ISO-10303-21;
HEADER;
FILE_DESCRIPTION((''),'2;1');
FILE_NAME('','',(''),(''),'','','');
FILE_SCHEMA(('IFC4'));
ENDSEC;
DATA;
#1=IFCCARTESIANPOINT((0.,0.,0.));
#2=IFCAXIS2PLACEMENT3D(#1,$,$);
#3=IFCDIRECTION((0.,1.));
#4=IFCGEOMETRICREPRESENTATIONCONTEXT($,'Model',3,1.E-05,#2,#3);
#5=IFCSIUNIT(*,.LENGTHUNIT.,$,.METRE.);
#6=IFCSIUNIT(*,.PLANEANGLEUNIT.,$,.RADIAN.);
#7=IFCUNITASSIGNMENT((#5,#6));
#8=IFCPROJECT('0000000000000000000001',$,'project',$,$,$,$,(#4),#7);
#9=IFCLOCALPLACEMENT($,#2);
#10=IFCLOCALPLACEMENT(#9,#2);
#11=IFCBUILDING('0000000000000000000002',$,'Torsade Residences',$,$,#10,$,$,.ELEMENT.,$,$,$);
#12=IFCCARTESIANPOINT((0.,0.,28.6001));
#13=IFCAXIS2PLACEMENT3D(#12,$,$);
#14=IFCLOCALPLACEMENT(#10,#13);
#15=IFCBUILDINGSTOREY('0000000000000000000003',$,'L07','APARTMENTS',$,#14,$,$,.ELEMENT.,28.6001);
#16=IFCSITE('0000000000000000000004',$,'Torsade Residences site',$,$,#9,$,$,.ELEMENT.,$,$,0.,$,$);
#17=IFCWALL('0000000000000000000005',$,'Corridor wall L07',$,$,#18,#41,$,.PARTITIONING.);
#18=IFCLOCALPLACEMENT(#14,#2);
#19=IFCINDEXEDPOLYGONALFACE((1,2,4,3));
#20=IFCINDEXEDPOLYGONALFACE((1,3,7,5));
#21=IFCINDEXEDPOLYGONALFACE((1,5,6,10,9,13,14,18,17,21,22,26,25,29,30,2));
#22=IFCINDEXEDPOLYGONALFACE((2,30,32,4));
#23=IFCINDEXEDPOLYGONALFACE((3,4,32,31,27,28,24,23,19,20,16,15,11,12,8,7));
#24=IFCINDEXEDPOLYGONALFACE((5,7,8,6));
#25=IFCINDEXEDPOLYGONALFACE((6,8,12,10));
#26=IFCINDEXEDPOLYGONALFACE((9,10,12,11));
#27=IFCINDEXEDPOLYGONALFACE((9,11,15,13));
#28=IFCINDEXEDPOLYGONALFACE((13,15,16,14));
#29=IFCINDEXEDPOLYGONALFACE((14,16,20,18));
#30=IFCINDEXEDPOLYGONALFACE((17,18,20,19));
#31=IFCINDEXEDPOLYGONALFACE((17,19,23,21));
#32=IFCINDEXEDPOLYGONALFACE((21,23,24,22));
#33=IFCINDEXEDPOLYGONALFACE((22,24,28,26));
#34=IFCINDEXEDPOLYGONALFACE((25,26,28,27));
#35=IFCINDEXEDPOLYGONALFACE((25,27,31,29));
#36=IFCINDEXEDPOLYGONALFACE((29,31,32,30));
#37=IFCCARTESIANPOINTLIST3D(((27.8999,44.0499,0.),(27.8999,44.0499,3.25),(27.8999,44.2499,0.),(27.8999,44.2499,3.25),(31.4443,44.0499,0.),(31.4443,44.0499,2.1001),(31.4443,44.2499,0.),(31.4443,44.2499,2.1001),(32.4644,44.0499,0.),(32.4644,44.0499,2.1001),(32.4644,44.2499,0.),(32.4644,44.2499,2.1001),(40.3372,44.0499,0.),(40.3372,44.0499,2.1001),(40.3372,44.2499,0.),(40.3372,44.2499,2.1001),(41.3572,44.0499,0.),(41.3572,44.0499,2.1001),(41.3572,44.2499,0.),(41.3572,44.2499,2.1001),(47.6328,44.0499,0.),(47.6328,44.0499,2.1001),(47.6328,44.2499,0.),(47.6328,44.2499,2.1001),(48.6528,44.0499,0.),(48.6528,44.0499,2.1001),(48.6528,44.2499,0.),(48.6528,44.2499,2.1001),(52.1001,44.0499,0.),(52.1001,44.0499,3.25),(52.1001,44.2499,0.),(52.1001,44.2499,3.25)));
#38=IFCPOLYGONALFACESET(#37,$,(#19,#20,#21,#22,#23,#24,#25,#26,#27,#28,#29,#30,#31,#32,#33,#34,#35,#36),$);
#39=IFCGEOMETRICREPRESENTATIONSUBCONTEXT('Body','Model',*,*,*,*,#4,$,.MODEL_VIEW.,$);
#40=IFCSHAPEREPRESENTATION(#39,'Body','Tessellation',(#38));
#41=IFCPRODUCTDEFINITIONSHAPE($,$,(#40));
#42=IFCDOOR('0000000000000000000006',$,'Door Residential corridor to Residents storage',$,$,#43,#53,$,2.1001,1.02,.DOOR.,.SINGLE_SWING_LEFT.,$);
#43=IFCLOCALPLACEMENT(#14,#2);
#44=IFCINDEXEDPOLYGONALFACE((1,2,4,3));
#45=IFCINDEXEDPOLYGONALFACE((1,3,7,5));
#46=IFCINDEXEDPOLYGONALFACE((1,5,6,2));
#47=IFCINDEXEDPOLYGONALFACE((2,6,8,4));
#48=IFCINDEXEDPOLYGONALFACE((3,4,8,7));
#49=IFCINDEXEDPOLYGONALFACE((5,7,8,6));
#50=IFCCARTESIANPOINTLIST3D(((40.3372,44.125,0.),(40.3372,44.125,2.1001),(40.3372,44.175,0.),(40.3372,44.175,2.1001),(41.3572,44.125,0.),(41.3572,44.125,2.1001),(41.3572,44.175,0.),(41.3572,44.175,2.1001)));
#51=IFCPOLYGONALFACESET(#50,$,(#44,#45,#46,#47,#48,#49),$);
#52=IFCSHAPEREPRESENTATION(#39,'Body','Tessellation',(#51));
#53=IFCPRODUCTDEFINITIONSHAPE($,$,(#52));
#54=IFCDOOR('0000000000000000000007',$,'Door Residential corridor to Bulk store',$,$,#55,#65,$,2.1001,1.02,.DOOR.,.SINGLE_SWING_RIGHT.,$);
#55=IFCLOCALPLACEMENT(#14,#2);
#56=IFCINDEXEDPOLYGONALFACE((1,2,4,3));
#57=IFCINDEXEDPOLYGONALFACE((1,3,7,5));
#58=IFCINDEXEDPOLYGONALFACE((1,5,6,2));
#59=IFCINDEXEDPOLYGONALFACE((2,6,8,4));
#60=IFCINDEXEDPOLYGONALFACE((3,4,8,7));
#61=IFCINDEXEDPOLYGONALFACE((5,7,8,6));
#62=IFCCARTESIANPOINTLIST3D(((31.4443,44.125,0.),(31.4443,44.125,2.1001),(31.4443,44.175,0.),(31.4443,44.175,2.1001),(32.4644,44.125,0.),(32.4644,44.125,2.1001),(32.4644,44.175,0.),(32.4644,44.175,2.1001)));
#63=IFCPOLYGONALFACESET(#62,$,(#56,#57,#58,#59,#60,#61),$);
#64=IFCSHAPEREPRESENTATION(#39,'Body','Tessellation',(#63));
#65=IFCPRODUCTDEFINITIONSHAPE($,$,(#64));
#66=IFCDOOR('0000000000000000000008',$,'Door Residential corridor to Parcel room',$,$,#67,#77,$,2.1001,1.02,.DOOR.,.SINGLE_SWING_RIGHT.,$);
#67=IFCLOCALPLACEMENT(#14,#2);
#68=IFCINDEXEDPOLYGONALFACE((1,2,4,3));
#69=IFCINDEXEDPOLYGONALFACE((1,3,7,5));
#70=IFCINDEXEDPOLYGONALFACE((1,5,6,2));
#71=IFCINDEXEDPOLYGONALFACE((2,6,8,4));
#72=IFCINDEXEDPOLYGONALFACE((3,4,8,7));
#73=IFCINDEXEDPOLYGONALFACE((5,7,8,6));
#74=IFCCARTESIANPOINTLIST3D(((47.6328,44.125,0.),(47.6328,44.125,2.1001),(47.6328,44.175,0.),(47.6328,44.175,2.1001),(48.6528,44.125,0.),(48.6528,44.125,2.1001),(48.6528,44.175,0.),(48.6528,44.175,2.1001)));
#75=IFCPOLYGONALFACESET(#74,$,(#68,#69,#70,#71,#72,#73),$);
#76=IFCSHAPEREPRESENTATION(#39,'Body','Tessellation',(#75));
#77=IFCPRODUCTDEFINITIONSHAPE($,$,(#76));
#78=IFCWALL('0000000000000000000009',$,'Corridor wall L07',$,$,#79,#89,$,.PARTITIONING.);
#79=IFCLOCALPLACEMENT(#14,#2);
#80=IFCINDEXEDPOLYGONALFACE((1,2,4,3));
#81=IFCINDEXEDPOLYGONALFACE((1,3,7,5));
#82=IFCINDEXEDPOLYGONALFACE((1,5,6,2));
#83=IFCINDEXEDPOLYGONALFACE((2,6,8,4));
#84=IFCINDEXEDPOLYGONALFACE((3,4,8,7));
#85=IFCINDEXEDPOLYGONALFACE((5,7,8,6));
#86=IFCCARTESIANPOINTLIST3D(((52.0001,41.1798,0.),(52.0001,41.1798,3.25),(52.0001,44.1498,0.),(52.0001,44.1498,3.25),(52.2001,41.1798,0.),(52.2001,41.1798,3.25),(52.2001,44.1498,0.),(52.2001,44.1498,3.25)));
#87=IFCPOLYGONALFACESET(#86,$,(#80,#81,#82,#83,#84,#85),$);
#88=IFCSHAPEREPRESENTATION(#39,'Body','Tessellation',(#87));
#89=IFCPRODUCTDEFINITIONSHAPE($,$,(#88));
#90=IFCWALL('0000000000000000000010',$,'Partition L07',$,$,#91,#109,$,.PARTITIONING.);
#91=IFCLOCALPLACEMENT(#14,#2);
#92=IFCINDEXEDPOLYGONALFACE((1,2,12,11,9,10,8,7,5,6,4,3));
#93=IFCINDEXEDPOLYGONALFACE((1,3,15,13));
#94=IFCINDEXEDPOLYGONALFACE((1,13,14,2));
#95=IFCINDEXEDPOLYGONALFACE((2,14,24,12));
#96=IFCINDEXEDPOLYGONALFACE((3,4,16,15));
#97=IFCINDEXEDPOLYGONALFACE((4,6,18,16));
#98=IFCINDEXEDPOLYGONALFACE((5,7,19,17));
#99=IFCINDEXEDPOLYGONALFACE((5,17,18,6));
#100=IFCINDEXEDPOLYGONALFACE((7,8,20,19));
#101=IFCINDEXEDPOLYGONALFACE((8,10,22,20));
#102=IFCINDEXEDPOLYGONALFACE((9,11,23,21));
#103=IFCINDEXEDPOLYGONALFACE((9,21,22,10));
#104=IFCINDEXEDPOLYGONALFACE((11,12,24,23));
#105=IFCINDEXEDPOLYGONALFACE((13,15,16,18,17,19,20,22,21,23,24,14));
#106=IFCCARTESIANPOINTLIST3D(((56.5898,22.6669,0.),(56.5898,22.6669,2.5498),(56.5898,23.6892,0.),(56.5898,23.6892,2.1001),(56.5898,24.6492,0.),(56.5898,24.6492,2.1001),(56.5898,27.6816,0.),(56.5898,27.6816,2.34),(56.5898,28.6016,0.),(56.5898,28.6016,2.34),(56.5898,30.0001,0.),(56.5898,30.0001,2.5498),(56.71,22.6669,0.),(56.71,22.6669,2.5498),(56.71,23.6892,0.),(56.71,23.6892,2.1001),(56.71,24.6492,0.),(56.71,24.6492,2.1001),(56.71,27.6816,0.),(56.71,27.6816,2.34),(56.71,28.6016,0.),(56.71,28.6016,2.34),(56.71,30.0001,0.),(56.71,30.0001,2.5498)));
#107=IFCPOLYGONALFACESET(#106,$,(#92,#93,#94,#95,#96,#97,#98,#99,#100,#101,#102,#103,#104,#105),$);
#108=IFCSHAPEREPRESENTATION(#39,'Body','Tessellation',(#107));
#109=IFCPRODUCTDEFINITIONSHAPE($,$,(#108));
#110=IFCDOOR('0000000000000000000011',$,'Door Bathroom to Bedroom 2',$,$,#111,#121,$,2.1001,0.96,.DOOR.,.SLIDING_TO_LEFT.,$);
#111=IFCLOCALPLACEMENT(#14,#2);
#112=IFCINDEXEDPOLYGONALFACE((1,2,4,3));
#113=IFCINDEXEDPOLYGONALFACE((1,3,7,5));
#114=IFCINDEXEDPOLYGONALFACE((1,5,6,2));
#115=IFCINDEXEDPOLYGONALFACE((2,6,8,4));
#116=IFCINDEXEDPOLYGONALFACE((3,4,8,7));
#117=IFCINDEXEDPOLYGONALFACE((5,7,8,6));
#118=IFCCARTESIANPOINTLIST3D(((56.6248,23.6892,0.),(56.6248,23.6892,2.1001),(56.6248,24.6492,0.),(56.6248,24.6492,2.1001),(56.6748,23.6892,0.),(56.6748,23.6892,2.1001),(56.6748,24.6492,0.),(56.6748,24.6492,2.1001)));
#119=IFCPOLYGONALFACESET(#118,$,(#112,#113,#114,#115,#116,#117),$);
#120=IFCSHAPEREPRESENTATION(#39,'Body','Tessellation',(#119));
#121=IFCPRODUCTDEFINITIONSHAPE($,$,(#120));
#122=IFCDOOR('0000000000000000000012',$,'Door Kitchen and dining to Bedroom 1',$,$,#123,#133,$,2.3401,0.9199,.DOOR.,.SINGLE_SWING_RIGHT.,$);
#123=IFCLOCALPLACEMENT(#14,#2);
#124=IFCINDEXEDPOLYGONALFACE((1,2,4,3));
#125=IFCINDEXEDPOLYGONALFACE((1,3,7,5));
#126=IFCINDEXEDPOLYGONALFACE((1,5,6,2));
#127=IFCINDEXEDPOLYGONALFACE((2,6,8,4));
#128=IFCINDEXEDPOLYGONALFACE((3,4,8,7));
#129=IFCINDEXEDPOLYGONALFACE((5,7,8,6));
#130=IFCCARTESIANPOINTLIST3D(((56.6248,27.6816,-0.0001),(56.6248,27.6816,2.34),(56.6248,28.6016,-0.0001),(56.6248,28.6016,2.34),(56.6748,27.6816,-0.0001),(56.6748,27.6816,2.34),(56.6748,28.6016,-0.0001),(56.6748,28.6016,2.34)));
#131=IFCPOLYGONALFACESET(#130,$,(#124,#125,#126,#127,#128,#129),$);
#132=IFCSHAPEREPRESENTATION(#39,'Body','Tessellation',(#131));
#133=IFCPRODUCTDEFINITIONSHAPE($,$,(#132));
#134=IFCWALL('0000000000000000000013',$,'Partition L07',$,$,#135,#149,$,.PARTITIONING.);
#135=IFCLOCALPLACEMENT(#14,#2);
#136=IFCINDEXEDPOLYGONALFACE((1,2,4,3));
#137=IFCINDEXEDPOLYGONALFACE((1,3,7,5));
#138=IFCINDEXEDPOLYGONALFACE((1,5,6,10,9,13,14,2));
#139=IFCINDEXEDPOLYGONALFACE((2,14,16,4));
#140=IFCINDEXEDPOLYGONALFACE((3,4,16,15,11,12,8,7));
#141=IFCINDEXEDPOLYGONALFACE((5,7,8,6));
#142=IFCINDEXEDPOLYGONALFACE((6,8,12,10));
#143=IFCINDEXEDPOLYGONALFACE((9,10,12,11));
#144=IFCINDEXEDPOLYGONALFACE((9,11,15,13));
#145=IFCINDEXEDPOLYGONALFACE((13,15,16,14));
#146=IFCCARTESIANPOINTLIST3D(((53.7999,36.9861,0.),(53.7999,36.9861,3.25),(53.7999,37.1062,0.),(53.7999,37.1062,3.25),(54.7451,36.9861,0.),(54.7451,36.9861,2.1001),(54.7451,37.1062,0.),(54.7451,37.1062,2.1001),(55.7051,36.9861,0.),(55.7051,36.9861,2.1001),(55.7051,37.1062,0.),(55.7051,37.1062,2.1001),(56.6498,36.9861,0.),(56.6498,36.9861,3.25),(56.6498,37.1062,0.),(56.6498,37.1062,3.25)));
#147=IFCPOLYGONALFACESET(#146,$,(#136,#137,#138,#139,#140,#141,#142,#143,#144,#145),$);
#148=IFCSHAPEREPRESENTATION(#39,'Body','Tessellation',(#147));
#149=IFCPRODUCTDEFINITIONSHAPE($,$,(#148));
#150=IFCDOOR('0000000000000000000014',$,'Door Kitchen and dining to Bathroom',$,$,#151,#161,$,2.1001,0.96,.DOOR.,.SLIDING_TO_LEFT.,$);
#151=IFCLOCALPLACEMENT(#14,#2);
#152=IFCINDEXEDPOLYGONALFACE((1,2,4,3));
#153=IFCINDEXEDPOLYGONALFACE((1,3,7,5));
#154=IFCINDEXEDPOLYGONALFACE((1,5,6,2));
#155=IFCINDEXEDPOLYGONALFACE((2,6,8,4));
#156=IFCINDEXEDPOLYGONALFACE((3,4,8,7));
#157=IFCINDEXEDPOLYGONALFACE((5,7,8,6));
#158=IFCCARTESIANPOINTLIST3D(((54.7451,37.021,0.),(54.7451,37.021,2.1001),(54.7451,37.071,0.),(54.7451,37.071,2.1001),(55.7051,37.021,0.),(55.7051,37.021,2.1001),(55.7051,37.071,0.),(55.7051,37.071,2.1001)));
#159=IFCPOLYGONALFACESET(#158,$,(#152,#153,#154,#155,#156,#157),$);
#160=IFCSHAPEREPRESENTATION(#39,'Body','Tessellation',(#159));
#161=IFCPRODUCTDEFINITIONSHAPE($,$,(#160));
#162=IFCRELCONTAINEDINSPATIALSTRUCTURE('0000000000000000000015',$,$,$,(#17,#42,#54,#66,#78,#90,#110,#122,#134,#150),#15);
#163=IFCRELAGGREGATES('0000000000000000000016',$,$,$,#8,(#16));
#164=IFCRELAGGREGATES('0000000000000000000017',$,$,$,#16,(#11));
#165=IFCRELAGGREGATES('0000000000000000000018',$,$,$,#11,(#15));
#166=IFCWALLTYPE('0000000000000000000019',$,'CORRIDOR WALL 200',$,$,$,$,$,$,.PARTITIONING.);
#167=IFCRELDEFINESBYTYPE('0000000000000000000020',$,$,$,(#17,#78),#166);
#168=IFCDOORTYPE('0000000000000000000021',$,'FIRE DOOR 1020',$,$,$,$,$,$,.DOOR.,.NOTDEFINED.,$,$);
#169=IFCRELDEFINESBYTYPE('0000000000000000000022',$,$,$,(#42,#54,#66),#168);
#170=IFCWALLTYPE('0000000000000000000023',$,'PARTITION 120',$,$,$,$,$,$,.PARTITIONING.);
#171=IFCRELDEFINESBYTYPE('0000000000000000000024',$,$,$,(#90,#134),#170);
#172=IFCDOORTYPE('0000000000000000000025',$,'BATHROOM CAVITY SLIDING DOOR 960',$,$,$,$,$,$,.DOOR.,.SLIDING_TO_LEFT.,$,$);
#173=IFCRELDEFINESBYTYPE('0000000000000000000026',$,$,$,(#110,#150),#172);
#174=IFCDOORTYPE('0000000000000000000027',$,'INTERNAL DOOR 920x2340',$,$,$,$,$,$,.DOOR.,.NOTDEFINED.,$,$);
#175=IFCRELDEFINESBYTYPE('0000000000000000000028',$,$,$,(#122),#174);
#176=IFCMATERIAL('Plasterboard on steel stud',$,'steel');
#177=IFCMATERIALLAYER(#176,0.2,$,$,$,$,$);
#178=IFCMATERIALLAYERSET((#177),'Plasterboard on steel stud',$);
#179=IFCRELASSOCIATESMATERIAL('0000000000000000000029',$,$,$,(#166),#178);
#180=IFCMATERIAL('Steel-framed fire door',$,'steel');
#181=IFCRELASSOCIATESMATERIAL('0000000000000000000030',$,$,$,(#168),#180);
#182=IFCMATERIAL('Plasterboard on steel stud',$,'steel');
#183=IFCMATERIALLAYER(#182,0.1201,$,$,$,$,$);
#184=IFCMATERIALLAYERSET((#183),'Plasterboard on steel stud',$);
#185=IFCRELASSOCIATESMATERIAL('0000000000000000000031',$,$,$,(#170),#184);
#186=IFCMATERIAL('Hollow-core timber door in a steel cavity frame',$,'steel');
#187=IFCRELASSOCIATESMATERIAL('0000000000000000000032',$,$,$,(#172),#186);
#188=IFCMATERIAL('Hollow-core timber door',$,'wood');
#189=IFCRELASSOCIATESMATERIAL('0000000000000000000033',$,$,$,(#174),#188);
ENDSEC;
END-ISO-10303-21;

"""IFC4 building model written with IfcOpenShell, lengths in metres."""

from ifc_helpers import new_model, si_unit, direction, frame, frame_2d, origin, place, context, subcontext, project, spatial, rectangle, extrude, material, layer, layer_set, type_object, element, fill, save


model = new_model("IFC4")

# Units and contexts
model_context = context("Model", 3, precision=1e-05, world=origin(), true_north=direction((0.0, 1.0)))
body_context = subcontext(model_context, "Body", "Model", "MODEL_VIEW")
ifc_project = project(units=[si_unit("LENGTHUNIT", "METRE"), si_unit("PLANEANGLEUNIT", "RADIAN")], contexts=[model_context])

# Site, building, storey
site_placement = place(None, origin())
site = spatial("IfcSite", under=ifc_project, at=site_placement, Name="Torsade Residences site", CompositionType="ELEMENT", RefElevation=0.0)
building_placement = place(site_placement, origin())
building = spatial("IfcBuilding", under=site, at=building_placement, Name="Torsade Residences", CompositionType="ELEMENT")
storey_placement = place(building_placement, frame((0.0, 0.0, 28.6001)))
storey = spatial("IfcBuildingStorey", under=building, at=storey_placement, Name="L07", Description="APARTMENTS", CompositionType="ELEMENT", Elevation=28.6001)

# Wall, openings, doors
ifc_material_1 = material(Name="Plasterboard on steel stud", Category="steel")
ifc_layer_1 = layer(ifc_material_1, 0.2)
ifc_layer_set_1 = layer_set([ifc_layer_1], Name="Plasterboard on steel stud")
wall_type_1 = type_object("IfcWallType", Name="CORRIDOR WALL 200", PredefinedType="PARTITIONING", material=ifc_layer_set_1)
wall_1_placement = place(storey_placement, frame((52.1001, 44.1499, 0.0), z_axis=(0.0, 0.0, 1.0), x_axis=(-1.0, 0.0, 0.0)))
wall_1 = element("IfcWall", 1, at=wall_1_placement, inside=storey, type_object=wall_type_1, Name="Corridor wall L07", PredefinedType="PARTITIONING", context=body_context, shape_type="SweptSolid", body=[
    extrude(rectangle(XDim=24.2002, YDim=0.2, at=frame_2d((12.1001, 0.0))), origin(), (0.0, 0.0, 1.0), 3.25),
])
opening_1_placement = place(wall_1_placement, frame((10.7429, 0.0, 0.0)))
opening_1 = element("IfcOpeningElement", 2, at=opening_1_placement, cuts=wall_1, PredefinedType="OPENING", context=body_context, shape_type="SweptSolid", body=[
    extrude(rectangle(XDim=1.02, YDim=2.1001, at=frame_2d((0.51, 1.05))), frame((0.0, 0.1099, 0.0), z_axis=(0.0, -1.0, 0.0), x_axis=(1.0, 0.0, 0.0)), (0.0, 0.0, 1.0), 0.22),
])
opening_2_placement = place(wall_1_placement, frame((19.6357, 0.0, 0.0)))
opening_2 = element("IfcOpeningElement", 3, at=opening_2_placement, cuts=wall_1, PredefinedType="OPENING", context=body_context, shape_type="SweptSolid", body=[
    extrude(rectangle(XDim=1.02, YDim=2.1001, at=frame_2d((0.51, 1.05))), frame((0.0, 0.1099, 0.0), z_axis=(0.0, -1.0, 0.0), x_axis=(1.0, 0.0, 0.0)), (0.0, 0.0, 1.0), 0.22),
])
opening_3_placement = place(wall_1_placement, frame((3.4473, 0.0, 0.0)))
opening_3 = element("IfcOpeningElement", 4, at=opening_3_placement, cuts=wall_1, PredefinedType="OPENING", context=body_context, shape_type="SweptSolid", body=[
    extrude(rectangle(XDim=1.02, YDim=2.1001, at=frame_2d((0.51, 1.05))), frame((0.0, 0.1099, 0.0), z_axis=(0.0, -1.0, 0.0), x_axis=(1.0, 0.0, 0.0)), (0.0, 0.0, 1.0), 0.22),
])
ifc_material_2 = material(Name="Steel-framed fire door", Category="steel")
door_type_1 = type_object("IfcDoorType", Name="FIRE DOOR 1020", OperationType="NOTDEFINED", PredefinedType="DOOR", material=ifc_material_2)
door_1_placement = place(opening_1_placement, origin())
door_1 = element("IfcDoor", 5, at=door_1_placement, inside=storey, type_object=door_type_1, Name="Door Residential corridor to Residents storage", OperationType="SINGLE_SWING_LEFT", OverallHeight=2.1001, OverallWidth=1.02, PredefinedType="DOOR", context=body_context, shape_type="SweptSolid", body=[
    extrude(rectangle(XDim=1.02, YDim=2.1001, at=frame_2d((0.51, 1.05))), frame((0.0, 0.0249, 0.0), z_axis=(0.0, -1.0, 0.0), x_axis=(1.0, 0.0, 0.0)), (0.0, 0.0, 1.0), 0.05),
])
fill(opening_1, door_1)
door_2_placement = place(opening_2_placement, origin())
door_2 = element("IfcDoor", 6, at=door_2_placement, inside=storey, type_object=door_type_1, Name="Door Residential corridor to Bulk store", OperationType="SINGLE_SWING_RIGHT", OverallHeight=2.1001, OverallWidth=1.02, PredefinedType="DOOR", context=body_context, shape_type="SweptSolid", body=[
    extrude(rectangle(XDim=1.02, YDim=2.1001, at=frame_2d((0.51, 1.05))), frame((0.0, 0.0249, 0.0), z_axis=(0.0, -1.0, 0.0), x_axis=(1.0, 0.0, 0.0)), (0.0, 0.0, 1.0), 0.05),
])
fill(opening_2, door_2)
door_3_placement = place(opening_3_placement, origin())
door_3 = element("IfcDoor", 7, at=door_3_placement, inside=storey, type_object=door_type_1, Name="Door Residential corridor to Parcel room", OperationType="SINGLE_SWING_RIGHT", OverallHeight=2.1001, OverallWidth=1.02, PredefinedType="DOOR", context=body_context, shape_type="SweptSolid", body=[
    extrude(rectangle(XDim=1.02, YDim=2.1001, at=frame_2d((0.51, 1.05))), frame((0.0, 0.0249, 0.0), z_axis=(0.0, -1.0, 0.0), x_axis=(1.0, 0.0, 0.0)), (0.0, 0.0, 1.0), 0.05),
])
fill(opening_3, door_3)

# Wall
wall_2_placement = place(storey_placement, frame((52.1001, 41.1799, 0.0), z_axis=(0.0, 0.0, 1.0), x_axis=(0.0, 1.0, 0.0)))
element("IfcWall", 8, at=wall_2_placement, inside=storey, type_object=wall_type_1, Name="Corridor wall L07", PredefinedType="PARTITIONING", context=body_context, shape_type="SweptSolid", body=[
    extrude(rectangle(XDim=2.97, YDim=0.2, at=frame_2d((1.4849, 0.0))), origin(), (0.0, 0.0, 1.0), 3.25),
])

# Wall, openings, doors
ifc_material_3 = material(Name="Plasterboard on steel stud", Category="steel")
ifc_layer_2 = layer(ifc_material_3, 0.1201)
ifc_layer_set_2 = layer_set([ifc_layer_2], Name="Plasterboard on steel stud")
wall_type_2 = type_object("IfcWallType", Name="PARTITION 120", PredefinedType="PARTITIONING", material=ifc_layer_set_2)
wall_3_placement = place(storey_placement, frame((56.6499, 30.0, 0.0), z_axis=(0.0, 0.0, 1.0), x_axis=(0.0, -1.0, 0.0)))
wall_3 = element("IfcWall", 9, at=wall_3_placement, inside=storey, type_object=wall_type_2, Name="Partition L07", PredefinedType="PARTITIONING", context=body_context, shape_type="SweptSolid", body=[
    extrude(rectangle(XDim=7.3333, YDim=0.1201, at=frame_2d((3.6665, 0.0))), origin(), (0.0, 0.0, 1.0), 2.5498),
])
opening_4_placement = place(wall_3_placement, frame((1.3984, 0.0, 0.0)))
opening_4 = element("IfcOpeningElement", 10, at=opening_4_placement, cuts=wall_3, PredefinedType="OPENING", context=body_context, shape_type="SweptSolid", body=[
    extrude(rectangle(XDim=0.9199, YDim=2.3401, at=frame_2d((0.46, 1.1699))), frame((0.0, 0.0701, 0.0), z_axis=(0.0, -1.0, 0.0), x_axis=(1.0, 0.0, 0.0)), (0.0, 0.0, 1.0), 0.1401),
])
opening_5_placement = place(wall_3_placement, frame((5.3508, 0.0, 0.0)))
opening_5 = element("IfcOpeningElement", 11, at=opening_5_placement, cuts=wall_3, PredefinedType="OPENING", context=body_context, shape_type="SweptSolid", body=[
    extrude(rectangle(XDim=0.96, YDim=2.1001, at=frame_2d((0.48, 1.05))), frame((0.0, 0.0701, 0.0), z_axis=(0.0, -1.0, 0.0), x_axis=(1.0, 0.0, 0.0)), (0.0, 0.0, 1.0), 0.1401),
])
ifc_material_4 = material(Name="Hollow-core timber door in a steel cavity frame", Category="steel")
door_type_2 = type_object("IfcDoorType", Name="BATHROOM CAVITY SLIDING DOOR 960", OperationType="SLIDING_TO_LEFT", PredefinedType="DOOR", material=ifc_material_4)
door_4_placement = place(opening_5_placement, origin())
door_4 = element("IfcDoor", 12, at=door_4_placement, inside=storey, type_object=door_type_2, Name="Door Bathroom to Bedroom 2", OperationType="SLIDING_TO_LEFT", OverallHeight=2.1001, OverallWidth=0.96, PredefinedType="DOOR", context=body_context, shape_type="SweptSolid", body=[
    extrude(rectangle(XDim=0.96, YDim=2.1001, at=frame_2d((0.48, 1.05))), frame((0.0, 0.0249, 0.0), z_axis=(0.0, -1.0, 0.0), x_axis=(1.0, 0.0, 0.0)), (0.0, 0.0, 1.0), 0.05),
])
fill(opening_5, door_4)
ifc_material_5 = material(Name="Hollow-core timber door", Category="wood")
door_type_3 = type_object("IfcDoorType", Name="INTERNAL DOOR 920x2340", OperationType="NOTDEFINED", PredefinedType="DOOR", material=ifc_material_5)
door_5_placement = place(opening_4_placement, origin())
door_5 = element("IfcDoor", 13, at=door_5_placement, inside=storey, type_object=door_type_3, Name="Door Kitchen and dining to Bedroom 1", OperationType="SINGLE_SWING_RIGHT", OverallHeight=2.3401, OverallWidth=0.9199, PredefinedType="DOOR", context=body_context, shape_type="SweptSolid", body=[
    extrude(rectangle(XDim=0.9199, YDim=2.3401, at=frame_2d((0.46, 1.1699))), frame((0.0, 0.0249, 0.0), z_axis=(0.0, -1.0, 0.0), x_axis=(1.0, 0.0, 0.0)), (0.0, 0.0, 1.0), 0.05),
])
fill(opening_4, door_5)

# Wall, opening, door
wall_4_placement = place(storey_placement, frame((53.8, 37.0461, 0.0), z_axis=(0.0, 0.0, 1.0), x_axis=(1.0, 0.0, 0.0)))
wall_4 = element("IfcWall", 14, at=wall_4_placement, inside=storey, type_object=wall_type_2, Name="Partition L07", PredefinedType="PARTITIONING", context=body_context, shape_type="SweptSolid", body=[
    extrude(rectangle(XDim=2.8499, YDim=0.1201, at=frame_2d((1.4248, 0.0))), origin(), (0.0, 0.0, 1.0), 3.25),
])
opening_6_placement = place(wall_4_placement, frame((0.9451, 0.0, 0.0)))
opening_6 = element("IfcOpeningElement", 15, at=opening_6_placement, cuts=wall_4, PredefinedType="OPENING", context=body_context, shape_type="SweptSolid", body=[
    extrude(rectangle(XDim=0.96, YDim=2.1001, at=frame_2d((0.48, 1.05))), frame((0.0, 0.0701, 0.0), z_axis=(0.0, -1.0, 0.0), x_axis=(1.0, 0.0, 0.0)), (0.0, 0.0, 1.0), 0.1401),
])
door_6_placement = place(opening_6_placement, origin())
door_6 = element("IfcDoor", 16, at=door_6_placement, inside=storey, type_object=door_type_2, Name="Door Kitchen and dining to Bathroom", OperationType="SLIDING_TO_LEFT", OverallHeight=2.1001, OverallWidth=0.96, PredefinedType="DOOR", context=body_context, shape_type="SweptSolid", body=[
    extrude(rectangle(XDim=0.96, YDim=2.1001, at=frame_2d((0.48, 1.05))), frame((0.0, 0.0249, 0.0), z_axis=(0.0, -1.0, 0.0), x_axis=(1.0, 0.0, 0.0)), (0.0, 0.0, 1.0), 0.05),
])
fill(opening_6, door_6)

save(model, "model.ifc")
